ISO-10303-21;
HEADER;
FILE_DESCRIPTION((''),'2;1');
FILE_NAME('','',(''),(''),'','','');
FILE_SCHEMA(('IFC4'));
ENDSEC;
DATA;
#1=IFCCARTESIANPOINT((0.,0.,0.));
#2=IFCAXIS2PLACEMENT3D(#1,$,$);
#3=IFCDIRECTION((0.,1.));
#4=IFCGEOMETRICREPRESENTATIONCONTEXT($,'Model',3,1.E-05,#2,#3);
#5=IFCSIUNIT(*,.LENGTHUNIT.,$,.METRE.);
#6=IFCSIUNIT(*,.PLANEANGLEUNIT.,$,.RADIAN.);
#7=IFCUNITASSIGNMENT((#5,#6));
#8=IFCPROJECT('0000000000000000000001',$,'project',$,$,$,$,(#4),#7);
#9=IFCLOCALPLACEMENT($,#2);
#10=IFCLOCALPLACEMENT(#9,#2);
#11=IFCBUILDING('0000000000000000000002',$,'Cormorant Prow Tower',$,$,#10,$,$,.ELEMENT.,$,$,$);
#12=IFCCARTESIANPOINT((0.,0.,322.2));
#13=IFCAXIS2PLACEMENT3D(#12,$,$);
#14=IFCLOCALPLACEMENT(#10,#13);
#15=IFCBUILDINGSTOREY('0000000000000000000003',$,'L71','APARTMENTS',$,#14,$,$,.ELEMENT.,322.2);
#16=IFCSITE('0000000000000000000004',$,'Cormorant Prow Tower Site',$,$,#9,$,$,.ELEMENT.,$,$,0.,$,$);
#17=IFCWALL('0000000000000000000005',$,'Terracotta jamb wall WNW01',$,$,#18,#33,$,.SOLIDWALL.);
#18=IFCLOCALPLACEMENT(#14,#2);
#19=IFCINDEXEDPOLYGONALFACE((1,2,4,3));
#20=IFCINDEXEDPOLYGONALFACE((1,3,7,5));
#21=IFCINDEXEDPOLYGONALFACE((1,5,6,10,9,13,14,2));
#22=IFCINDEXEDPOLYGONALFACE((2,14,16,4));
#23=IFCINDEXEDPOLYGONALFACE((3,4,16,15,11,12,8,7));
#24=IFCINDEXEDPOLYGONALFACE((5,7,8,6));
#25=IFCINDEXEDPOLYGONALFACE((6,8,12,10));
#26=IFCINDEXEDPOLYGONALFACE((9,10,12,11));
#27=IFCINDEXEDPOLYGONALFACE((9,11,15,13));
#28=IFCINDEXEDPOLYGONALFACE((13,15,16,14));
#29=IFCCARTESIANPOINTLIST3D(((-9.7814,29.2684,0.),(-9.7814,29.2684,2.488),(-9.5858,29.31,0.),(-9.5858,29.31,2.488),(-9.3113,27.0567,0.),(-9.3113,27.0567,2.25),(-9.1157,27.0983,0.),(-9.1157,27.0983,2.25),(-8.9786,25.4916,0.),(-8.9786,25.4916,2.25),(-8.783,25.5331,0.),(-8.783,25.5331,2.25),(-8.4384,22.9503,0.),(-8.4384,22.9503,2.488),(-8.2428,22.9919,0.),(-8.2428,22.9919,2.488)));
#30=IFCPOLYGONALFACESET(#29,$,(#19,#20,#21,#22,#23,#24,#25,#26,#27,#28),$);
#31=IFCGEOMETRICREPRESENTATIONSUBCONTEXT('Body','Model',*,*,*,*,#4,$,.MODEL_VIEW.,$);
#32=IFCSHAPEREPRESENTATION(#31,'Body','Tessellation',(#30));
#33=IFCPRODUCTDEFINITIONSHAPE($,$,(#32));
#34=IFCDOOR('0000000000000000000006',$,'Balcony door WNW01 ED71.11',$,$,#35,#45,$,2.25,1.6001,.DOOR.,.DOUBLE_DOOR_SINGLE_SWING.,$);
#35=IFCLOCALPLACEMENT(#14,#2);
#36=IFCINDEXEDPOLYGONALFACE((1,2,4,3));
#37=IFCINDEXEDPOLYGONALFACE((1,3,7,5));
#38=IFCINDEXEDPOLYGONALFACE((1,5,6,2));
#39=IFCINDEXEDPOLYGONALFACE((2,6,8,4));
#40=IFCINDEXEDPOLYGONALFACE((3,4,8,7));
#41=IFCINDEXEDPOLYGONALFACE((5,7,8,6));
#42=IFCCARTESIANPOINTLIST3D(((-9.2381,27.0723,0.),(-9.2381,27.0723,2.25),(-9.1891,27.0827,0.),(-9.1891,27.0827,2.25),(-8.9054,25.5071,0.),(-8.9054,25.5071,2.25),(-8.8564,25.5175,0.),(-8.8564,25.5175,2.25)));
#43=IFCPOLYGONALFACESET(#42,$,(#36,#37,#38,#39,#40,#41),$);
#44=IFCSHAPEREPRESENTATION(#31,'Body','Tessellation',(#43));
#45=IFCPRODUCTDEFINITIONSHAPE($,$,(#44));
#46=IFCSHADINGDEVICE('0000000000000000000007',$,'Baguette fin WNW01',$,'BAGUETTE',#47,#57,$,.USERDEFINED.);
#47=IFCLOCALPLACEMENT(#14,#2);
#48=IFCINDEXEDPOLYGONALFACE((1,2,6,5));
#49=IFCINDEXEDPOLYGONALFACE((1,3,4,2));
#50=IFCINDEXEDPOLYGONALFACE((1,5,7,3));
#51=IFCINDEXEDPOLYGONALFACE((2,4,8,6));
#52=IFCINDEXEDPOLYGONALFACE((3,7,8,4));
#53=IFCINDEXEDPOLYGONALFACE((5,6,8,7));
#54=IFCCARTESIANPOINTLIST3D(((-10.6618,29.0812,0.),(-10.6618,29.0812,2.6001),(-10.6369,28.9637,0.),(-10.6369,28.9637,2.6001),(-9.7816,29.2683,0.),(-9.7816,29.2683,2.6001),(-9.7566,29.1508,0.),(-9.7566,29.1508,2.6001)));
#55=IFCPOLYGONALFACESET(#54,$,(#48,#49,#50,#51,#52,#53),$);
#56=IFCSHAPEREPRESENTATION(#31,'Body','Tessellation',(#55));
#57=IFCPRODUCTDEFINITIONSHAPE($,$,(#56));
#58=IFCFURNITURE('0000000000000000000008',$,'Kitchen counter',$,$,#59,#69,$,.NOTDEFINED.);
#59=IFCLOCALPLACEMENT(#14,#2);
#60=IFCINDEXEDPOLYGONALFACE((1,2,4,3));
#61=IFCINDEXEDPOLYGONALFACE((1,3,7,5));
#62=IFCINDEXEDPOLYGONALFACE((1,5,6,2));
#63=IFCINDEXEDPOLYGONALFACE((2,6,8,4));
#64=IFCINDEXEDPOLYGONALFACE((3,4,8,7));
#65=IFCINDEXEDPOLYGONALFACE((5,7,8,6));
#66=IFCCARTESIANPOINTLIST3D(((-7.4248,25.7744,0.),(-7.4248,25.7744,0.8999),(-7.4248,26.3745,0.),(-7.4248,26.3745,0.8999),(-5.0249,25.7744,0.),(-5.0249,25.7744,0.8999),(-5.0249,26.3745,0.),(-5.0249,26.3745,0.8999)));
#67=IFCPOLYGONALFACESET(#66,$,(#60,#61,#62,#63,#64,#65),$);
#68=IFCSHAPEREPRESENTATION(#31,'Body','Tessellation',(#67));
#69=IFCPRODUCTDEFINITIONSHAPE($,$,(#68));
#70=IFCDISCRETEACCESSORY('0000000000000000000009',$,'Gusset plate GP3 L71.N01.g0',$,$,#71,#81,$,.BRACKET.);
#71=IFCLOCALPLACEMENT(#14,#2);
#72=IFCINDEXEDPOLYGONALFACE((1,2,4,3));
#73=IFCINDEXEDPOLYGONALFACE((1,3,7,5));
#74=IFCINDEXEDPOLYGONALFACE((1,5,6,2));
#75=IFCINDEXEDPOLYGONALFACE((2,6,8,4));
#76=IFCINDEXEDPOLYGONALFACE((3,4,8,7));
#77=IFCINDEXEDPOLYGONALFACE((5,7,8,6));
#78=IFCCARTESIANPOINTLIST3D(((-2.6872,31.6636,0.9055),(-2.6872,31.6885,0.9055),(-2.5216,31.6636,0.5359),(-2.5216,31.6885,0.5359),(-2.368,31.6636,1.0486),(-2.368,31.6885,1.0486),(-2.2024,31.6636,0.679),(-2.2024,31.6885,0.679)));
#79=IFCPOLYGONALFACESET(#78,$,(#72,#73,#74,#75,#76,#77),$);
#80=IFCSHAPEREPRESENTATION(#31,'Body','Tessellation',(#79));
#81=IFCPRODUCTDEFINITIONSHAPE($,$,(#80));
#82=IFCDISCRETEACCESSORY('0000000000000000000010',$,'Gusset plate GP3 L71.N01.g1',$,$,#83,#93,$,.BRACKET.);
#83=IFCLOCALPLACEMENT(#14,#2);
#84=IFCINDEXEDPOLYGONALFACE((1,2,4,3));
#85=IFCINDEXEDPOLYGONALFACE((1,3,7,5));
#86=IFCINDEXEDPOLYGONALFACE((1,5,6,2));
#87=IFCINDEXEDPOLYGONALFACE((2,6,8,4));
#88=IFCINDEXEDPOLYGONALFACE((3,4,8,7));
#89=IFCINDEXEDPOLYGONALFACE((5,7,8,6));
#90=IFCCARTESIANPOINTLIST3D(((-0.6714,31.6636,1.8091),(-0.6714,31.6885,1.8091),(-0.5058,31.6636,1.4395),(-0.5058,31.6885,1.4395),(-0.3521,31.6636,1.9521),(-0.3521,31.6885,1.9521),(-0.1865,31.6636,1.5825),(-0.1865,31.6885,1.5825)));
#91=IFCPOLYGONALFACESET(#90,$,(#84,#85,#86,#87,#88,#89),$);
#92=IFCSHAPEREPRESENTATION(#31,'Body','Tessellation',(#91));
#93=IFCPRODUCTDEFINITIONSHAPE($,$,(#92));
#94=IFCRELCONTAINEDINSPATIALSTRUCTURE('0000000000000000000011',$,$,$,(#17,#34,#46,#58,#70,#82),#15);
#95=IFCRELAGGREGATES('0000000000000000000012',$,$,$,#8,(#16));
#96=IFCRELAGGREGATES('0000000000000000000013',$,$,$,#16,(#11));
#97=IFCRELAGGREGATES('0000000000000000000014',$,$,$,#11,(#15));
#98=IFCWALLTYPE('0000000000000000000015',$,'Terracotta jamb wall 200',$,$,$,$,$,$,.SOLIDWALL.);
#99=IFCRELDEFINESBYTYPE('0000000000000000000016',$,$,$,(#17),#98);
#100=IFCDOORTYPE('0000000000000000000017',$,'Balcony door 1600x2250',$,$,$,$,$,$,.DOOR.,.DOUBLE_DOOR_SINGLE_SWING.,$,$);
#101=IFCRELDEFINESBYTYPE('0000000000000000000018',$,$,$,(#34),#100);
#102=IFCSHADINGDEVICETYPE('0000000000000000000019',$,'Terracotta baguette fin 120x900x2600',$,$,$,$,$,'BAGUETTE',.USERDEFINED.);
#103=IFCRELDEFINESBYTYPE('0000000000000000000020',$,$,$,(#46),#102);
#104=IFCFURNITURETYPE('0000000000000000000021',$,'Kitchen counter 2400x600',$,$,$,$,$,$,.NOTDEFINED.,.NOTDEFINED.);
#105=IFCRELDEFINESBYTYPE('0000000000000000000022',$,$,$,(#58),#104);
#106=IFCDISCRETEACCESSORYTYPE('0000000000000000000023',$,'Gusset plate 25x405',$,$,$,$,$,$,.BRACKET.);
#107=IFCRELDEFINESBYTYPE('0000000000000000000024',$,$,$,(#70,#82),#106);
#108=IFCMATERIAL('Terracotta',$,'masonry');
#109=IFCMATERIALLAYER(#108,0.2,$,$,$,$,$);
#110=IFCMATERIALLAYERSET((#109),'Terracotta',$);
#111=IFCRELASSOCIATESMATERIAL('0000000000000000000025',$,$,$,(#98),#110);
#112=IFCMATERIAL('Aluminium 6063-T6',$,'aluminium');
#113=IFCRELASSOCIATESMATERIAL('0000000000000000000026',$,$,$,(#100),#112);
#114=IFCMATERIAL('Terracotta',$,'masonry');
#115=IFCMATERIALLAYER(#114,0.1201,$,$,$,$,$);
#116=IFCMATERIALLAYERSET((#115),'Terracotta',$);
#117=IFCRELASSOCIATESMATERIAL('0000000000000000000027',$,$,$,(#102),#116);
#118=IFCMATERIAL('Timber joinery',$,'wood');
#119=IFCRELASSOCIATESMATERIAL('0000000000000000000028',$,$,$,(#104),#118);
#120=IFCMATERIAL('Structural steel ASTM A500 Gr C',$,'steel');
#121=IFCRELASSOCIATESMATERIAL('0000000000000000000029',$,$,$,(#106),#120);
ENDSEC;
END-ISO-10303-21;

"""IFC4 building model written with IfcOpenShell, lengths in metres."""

from ifc_helpers import new_model, si_unit, direction, frame, frame_2d, origin, origin_2d, place, context, subcontext, project, spatial, rectangle, extrude, material, layer, layer_set, material_profile, profile_set, type_object, element, fill, save


model = new_model("IFC4")

# Units and contexts
model_context = context("Model", 3, precision=1e-05, world=origin(), true_north=direction((0.0, 1.0)))
body_context = subcontext(model_context, "Body", "Model", "MODEL_VIEW")
ifc_project = project(units=[si_unit("LENGTHUNIT", "METRE"), si_unit("PLANEANGLEUNIT", "RADIAN")], contexts=[model_context])

# Site, building, storey
site_placement = place(None, origin())
site = spatial("IfcSite", under=ifc_project, at=site_placement, Name="Cormorant Prow Tower Site", CompositionType="ELEMENT", RefElevation=0.0)
building_placement = place(site_placement, origin())
building = spatial("IfcBuilding", under=site, at=building_placement, Name="Cormorant Prow Tower", CompositionType="ELEMENT")
storey_placement = place(building_placement, frame((0.0, 0.0, 322.2)))
storey = spatial("IfcBuildingStorey", under=building, at=storey_placement, Name="L71", Description="APARTMENTS", CompositionType="ELEMENT", Elevation=322.2)

# Wall, opening, door
ifc_material_1 = material(Name="Terracotta", Category="masonry")
ifc_layer_1 = layer(ifc_material_1, 0.2)
ifc_layer_set_1 = layer_set([ifc_layer_1], Name="Terracotta")
wall_type_1 = type_object("IfcWallType", Name="Terracotta jamb wall 200", PredefinedType="SOLIDWALL", material=ifc_layer_set_1)
wall_1_placement = place(storey_placement, frame((-9.6836, 29.2891, 0.0), z_axis=(0.0, 0.0, 1.0), x_axis=(0.207921, -0.978146, 0.0)))
wall_1 = element("IfcWall", 1, at=wall_1_placement, inside=storey, type_object=wall_type_1, Name="Terracotta jamb wall WNW01", PredefinedType="SOLIDWALL", context=body_context, shape_type="SweptSolid", body=[
    extrude(rectangle(XDim=6.4592, YDim=0.2, at=frame_2d((3.2295, 0.0))), origin(), (0.0, 0.0, 1.0), 2.488),
])
opening_1_placement = place(wall_1_placement, frame((2.261, 0.0, 0.0)))
opening_1 = element("IfcOpeningElement", 2, at=opening_1_placement, cuts=wall_1, PredefinedType="OPENING", context=body_context, shape_type="SweptSolid", body=[
    extrude(rectangle(XDim=1.6001, YDim=2.25, at=frame_2d((0.8, 1.125))), frame((0.0, 0.1099, 0.0), z_axis=(0.0, -1.0, 0.0), x_axis=(1.0, 0.0, 0.0)), (0.0, 0.0, 1.0), 0.22),
])
ifc_material_2 = material(Name="Aluminium 6063-T6", Category="aluminium")
door_type_1 = type_object("IfcDoorType", Name="Balcony door 1600x2250", OperationType="DOUBLE_DOOR_SINGLE_SWING", PredefinedType="DOOR", material=ifc_material_2)
door_1_placement = place(opening_1_placement, origin())
door_1 = element("IfcDoor", 3, at=door_1_placement, inside=storey, type_object=door_type_1, Name="Balcony door WNW01 ED71.11", OperationType="DOUBLE_DOOR_SINGLE_SWING", OverallHeight=2.25, OverallWidth=1.6001, PredefinedType="DOOR", context=body_context, shape_type="SweptSolid", body=[
    extrude(rectangle(XDim=1.6001, YDim=2.25, at=frame_2d((0.8, 1.125))), frame((0.0, 0.0249, 0.0), z_axis=(0.0, -1.0, 0.0), x_axis=(1.0, 0.0, 0.0)), (0.0, 0.0, 1.0), 0.05),
])
fill(opening_1, door_1)

# Shading device
ifc_material_3 = material(Name="Terracotta", Category="masonry")
ifc_layer_2 = layer(ifc_material_3, 0.1201)
ifc_layer_set_2 = layer_set([ifc_layer_2], Name="Terracotta")
shading_device_type = type_object("IfcShadingDeviceType", Name="Terracotta baguette fin 120x900x2600", ElementType="BAGUETTE", PredefinedType="USERDEFINED", material=ifc_layer_set_2)
shading_device_placement = place(storey_placement, frame((-10.2092, 29.116, 0.0), z_axis=(0.0, 0.0, 1.0), x_axis=(0.207912, -0.978148, 0.0)))
element("IfcShadingDevice", 4, at=shading_device_placement, inside=storey, type_object=shading_device_type, Name="Baguette fin WNW01", ObjectType="BAGUETTE", PredefinedType="USERDEFINED", context=body_context, shape_type="SweptSolid", body=[
    extrude(rectangle(XDim=0.1201, YDim=0.8999, at=origin_2d()), origin(), (0.0, 0.0, 1.0), 2.6001),
])

# Furniture
ifc_material_4 = material(Name="Timber joinery", Category="wood")
furniture_type = type_object("IfcFurnitureType", Name="Kitchen counter 2400x600", AssemblyPlace="NOTDEFINED", PredefinedType="NOTDEFINED", material=ifc_material_4)
furniture_placement = place(storey_placement, frame((-6.2249, 26.0745, 0.0), z_axis=(0.0, 0.0, 1.0), x_axis=(1.0, 0.0, 0.0)))
element("IfcFurniture", 5, at=furniture_placement, inside=storey, type_object=furniture_type, Name="Kitchen counter", PredefinedType="NOTDEFINED", context=body_context, shape_type="SweptSolid", body=[
    extrude(rectangle(XDim=2.3999, YDim=0.6001, at=origin_2d()), origin(), (0.0, 0.0, 1.0), 0.8999),
])

# Discrete accessories
ifc_material_5 = material(Name="Structural steel ASTM A500 Gr C", Category="steel")
ifc_material_profile_1 = material_profile(ifc_material_5, rectangle(XDim=0.0249, YDim=0.405, at=origin_2d()), Name="Gusset plate 25x405")
ifc_profile_set_1 = profile_set([ifc_material_profile_1], Name="Structural steel ASTM A500 Gr C")
discrete_accessory_type = type_object("IfcDiscreteAccessoryType", Name="Gusset plate 25x405", PredefinedType="BRACKET", material=ifc_profile_set_1)
for number, where, z_axis, x_axis, name in (
    (6, (-2.2852, 31.676, 0.8638), (-0.912599, 0.0, -0.408856), (0.0, -1.0, 0.0), "Gusset plate GP3 L71.N01.g0"),
    (7, (-0.5886, 31.676, 1.6243), (0.912599, 0.0, 0.408856), (0.0, 1.0, 0.0), "Gusset plate GP3 L71.N01.g1"),
):
    element("IfcDiscreteAccessory", number, at=place(storey_placement, frame(where, z_axis=z_axis, x_axis=x_axis)), inside=storey, type_object=discrete_accessory_type, Name=name, PredefinedType="BRACKET", context=body_context, shape_type="SweptSolid", body=[
        extrude(rectangle(XDim=0.0249, YDim=0.405, at=origin_2d()), origin(), (0.0, 0.0, 1.0), 0.3499),
    ])

save(model, "model.ifc")
